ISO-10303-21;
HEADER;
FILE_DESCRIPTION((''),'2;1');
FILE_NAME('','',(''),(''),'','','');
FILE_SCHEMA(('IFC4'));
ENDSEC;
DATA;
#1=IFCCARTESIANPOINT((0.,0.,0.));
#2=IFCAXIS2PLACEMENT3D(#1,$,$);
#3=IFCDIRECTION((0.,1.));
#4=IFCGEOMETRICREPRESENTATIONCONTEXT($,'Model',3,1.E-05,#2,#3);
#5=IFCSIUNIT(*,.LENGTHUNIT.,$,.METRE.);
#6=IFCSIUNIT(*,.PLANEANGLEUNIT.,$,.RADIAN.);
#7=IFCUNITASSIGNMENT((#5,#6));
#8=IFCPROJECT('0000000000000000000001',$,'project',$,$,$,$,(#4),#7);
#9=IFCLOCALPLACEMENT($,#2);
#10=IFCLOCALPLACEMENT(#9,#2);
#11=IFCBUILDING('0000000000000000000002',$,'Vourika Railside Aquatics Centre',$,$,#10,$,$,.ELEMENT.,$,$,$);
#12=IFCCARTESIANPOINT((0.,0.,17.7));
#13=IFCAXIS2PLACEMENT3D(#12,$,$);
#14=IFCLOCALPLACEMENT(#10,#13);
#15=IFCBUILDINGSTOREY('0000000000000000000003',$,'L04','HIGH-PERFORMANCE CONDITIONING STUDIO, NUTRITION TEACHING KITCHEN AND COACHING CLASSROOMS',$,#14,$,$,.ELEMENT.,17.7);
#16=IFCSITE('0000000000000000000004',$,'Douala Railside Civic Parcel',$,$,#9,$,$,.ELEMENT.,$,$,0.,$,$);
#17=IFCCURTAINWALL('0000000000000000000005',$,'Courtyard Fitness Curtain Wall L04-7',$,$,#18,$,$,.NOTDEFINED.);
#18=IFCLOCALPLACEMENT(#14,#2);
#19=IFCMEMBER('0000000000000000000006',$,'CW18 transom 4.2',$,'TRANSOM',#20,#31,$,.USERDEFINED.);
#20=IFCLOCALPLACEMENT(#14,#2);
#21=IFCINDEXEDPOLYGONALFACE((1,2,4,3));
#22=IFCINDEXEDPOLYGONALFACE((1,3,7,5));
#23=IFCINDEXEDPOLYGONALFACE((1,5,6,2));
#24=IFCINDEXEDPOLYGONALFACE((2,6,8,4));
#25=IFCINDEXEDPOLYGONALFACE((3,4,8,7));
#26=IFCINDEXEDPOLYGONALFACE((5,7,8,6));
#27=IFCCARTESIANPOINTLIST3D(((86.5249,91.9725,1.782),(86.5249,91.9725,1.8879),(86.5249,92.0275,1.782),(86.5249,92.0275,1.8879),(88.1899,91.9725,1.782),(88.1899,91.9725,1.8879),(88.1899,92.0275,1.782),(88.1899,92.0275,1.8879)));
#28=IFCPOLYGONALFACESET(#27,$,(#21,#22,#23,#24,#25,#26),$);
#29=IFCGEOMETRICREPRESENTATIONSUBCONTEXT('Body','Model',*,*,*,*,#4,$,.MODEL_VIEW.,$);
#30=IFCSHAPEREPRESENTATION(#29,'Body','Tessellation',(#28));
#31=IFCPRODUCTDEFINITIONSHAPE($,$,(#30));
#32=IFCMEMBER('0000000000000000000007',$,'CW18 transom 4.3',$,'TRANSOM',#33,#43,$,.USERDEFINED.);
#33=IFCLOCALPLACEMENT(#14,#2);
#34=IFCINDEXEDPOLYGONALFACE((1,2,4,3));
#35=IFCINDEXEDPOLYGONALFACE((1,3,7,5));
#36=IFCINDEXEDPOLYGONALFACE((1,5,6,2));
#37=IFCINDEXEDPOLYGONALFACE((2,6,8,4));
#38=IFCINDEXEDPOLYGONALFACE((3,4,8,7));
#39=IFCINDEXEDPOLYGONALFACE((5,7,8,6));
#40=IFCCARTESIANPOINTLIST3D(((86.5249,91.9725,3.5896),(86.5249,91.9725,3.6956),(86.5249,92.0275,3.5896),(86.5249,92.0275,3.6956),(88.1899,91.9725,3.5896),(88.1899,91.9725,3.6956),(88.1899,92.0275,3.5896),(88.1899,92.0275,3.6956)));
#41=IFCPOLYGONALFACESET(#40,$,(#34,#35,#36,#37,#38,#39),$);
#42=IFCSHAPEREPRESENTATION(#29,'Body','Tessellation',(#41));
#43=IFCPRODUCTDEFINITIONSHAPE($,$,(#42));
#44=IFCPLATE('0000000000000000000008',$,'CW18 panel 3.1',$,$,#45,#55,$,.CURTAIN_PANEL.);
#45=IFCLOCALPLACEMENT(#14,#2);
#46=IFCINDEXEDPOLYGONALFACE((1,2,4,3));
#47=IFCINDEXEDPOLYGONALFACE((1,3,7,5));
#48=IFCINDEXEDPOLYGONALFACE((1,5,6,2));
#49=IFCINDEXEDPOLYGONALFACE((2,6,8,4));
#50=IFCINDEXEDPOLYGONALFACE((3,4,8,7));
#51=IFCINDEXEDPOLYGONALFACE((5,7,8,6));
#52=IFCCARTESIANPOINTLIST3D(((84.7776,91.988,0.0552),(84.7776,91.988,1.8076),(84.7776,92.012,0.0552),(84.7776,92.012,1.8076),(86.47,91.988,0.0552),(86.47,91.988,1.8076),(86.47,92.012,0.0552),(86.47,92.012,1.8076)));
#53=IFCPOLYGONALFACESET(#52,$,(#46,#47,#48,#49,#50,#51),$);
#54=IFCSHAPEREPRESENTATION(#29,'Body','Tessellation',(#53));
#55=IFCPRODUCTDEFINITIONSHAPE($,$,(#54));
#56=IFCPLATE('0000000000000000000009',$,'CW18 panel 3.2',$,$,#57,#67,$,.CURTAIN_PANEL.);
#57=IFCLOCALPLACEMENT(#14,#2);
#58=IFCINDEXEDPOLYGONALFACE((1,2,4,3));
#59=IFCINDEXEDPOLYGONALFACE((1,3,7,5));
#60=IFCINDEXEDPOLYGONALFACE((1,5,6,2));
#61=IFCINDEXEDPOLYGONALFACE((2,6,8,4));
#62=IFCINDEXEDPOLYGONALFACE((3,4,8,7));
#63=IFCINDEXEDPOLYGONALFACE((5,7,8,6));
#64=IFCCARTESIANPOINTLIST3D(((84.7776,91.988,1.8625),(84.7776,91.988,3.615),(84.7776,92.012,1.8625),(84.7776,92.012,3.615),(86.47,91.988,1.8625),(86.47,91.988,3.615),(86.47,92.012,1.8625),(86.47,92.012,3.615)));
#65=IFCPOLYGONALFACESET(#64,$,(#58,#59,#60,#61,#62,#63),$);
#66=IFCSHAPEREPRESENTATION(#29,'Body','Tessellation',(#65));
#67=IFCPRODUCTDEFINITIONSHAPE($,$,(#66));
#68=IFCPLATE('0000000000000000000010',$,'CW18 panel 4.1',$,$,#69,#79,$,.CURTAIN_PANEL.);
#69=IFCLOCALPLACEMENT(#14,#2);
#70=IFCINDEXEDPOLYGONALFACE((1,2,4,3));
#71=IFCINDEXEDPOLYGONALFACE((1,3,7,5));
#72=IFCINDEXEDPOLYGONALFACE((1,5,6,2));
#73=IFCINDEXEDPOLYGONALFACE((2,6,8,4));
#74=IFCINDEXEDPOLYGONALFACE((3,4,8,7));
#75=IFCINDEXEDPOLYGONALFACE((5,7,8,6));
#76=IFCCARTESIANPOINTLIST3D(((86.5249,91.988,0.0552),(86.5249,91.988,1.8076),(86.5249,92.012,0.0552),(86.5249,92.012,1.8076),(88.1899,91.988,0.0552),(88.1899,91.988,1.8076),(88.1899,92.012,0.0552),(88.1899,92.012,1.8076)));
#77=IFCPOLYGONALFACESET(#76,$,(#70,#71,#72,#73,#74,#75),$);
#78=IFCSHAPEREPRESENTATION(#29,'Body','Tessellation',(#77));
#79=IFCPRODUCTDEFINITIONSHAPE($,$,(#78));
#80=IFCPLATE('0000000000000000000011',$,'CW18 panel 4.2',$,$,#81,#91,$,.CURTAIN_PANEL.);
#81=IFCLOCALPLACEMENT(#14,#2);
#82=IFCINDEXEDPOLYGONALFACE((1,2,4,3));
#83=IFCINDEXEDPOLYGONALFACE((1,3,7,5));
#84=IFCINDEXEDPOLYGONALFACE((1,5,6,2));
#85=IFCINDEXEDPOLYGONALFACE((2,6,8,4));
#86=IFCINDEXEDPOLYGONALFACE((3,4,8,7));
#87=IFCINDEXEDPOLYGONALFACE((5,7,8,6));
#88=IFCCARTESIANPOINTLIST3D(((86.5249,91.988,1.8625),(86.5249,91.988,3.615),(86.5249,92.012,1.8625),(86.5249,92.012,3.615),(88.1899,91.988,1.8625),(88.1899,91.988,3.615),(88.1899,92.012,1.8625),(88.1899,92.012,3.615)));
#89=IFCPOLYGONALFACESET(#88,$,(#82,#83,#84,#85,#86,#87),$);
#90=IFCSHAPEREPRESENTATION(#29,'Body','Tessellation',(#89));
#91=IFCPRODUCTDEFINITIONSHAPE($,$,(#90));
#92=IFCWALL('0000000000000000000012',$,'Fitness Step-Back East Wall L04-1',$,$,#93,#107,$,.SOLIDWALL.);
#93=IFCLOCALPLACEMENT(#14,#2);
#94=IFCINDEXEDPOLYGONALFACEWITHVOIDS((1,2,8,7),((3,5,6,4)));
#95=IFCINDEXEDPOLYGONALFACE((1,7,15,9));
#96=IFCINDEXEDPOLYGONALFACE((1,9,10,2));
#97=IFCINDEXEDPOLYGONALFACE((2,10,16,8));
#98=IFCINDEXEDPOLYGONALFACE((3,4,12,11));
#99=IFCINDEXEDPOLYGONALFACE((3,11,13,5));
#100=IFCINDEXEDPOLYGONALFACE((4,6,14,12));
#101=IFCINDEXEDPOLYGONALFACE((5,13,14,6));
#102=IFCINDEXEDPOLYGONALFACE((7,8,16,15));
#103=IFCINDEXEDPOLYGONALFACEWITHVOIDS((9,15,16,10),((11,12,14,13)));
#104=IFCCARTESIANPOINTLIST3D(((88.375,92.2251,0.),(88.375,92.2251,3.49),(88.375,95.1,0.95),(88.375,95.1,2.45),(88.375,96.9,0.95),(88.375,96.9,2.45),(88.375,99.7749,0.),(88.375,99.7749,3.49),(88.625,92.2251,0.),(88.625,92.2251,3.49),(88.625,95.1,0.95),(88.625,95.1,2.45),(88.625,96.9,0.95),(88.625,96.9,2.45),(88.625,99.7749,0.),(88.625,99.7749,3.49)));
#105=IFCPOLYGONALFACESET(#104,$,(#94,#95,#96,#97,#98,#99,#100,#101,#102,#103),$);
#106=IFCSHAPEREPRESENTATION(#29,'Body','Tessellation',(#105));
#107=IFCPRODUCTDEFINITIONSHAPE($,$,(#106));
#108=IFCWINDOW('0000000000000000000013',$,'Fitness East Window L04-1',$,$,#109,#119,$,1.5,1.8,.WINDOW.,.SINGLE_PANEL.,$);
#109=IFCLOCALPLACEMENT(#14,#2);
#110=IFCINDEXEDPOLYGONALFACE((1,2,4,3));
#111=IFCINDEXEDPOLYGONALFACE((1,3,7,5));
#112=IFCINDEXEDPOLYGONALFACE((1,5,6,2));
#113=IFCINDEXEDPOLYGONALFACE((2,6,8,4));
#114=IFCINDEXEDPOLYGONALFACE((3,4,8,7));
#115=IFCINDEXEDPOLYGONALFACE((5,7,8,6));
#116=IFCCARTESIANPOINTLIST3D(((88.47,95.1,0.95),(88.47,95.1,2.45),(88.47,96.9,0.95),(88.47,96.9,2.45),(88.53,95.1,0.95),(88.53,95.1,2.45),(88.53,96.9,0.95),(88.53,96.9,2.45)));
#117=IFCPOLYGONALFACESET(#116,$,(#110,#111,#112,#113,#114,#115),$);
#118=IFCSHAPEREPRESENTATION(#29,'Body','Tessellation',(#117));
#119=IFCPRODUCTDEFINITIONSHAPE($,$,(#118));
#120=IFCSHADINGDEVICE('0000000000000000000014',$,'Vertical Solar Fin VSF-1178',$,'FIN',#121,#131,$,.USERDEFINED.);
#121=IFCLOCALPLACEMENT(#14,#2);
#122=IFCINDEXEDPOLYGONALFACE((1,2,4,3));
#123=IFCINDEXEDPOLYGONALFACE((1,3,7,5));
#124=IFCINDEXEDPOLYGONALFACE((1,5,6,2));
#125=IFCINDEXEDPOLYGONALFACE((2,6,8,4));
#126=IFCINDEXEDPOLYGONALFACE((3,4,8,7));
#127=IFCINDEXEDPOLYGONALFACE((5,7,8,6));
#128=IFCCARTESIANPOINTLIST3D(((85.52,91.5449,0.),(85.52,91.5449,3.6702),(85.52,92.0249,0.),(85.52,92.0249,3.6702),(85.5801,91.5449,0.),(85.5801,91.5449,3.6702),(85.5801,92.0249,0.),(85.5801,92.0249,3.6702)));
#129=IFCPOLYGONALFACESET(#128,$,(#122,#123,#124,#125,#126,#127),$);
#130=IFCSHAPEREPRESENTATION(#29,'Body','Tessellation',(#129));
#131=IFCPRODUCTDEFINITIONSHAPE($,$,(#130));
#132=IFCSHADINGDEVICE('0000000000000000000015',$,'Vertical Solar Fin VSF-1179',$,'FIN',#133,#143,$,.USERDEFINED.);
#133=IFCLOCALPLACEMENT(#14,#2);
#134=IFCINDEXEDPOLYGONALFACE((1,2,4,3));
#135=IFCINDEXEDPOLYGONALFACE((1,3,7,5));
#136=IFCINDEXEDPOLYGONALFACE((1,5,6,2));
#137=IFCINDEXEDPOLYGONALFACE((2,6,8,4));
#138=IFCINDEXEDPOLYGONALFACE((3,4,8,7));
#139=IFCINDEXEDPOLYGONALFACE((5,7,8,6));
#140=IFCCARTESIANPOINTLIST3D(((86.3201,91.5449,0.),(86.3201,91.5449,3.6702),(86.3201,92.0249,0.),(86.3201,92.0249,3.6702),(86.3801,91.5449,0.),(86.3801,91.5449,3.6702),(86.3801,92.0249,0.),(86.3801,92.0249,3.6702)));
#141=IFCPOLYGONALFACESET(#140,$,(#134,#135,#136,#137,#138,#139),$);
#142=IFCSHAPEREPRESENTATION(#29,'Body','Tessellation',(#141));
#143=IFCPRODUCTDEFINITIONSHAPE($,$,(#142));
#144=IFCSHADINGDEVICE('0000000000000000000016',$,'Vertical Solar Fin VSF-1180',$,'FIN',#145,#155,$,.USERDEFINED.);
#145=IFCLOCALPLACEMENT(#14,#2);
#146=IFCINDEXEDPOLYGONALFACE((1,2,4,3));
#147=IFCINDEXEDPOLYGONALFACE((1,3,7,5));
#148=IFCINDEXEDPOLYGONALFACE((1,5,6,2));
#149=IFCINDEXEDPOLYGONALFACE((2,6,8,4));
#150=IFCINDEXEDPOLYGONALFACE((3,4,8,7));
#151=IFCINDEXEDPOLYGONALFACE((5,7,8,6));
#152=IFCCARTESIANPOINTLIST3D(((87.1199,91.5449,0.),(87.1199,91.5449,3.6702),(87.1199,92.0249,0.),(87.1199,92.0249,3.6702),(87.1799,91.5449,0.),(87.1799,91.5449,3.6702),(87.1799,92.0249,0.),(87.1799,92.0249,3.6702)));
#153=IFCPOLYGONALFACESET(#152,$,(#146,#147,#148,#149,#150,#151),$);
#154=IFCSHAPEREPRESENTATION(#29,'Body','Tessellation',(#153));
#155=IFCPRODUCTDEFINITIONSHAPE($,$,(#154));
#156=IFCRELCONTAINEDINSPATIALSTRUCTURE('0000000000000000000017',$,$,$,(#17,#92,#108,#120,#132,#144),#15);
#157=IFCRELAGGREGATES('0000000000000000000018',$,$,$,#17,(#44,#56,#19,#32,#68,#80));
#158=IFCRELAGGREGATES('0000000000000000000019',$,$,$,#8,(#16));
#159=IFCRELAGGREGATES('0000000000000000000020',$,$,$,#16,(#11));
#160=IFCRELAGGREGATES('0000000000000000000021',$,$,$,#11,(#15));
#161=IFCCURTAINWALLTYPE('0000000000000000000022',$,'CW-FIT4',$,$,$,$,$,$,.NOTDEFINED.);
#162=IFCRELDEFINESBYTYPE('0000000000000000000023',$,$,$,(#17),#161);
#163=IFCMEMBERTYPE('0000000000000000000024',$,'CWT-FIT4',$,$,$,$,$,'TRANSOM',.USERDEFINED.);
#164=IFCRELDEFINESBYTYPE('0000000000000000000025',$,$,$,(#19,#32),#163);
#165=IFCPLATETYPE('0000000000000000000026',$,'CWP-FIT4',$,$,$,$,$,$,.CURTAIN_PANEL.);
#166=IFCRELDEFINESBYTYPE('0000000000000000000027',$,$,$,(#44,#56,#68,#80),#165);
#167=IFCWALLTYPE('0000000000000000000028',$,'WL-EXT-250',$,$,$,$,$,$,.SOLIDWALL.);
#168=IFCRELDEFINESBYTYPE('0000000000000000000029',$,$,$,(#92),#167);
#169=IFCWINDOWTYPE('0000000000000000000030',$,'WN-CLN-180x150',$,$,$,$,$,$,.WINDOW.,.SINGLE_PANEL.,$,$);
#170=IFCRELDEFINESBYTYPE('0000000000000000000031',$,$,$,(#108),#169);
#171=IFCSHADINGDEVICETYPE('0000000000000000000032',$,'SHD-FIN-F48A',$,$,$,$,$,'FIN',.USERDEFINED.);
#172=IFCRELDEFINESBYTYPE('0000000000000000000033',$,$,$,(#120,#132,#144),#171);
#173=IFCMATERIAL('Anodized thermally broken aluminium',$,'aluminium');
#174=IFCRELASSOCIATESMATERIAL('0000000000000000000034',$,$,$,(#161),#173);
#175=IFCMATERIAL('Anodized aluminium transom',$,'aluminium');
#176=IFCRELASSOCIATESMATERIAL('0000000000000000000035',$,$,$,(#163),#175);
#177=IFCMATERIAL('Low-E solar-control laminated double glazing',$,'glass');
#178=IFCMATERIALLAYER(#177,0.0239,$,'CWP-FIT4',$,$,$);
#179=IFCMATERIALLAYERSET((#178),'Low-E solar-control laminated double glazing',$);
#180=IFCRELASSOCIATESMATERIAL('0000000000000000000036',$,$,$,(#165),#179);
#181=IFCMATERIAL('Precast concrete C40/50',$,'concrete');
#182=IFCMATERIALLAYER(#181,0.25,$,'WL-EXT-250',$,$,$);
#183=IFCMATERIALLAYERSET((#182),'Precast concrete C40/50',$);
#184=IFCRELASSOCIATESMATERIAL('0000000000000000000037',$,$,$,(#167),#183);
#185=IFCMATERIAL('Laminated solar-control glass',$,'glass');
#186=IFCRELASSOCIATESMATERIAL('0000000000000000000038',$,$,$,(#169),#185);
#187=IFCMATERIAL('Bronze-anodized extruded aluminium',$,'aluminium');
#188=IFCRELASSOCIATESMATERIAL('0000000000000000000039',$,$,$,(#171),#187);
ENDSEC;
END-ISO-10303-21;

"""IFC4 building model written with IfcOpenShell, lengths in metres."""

from ifc_helpers import new_model, si_unit, direction, frame, frame_2d, origin, origin_2d, place, context, subcontext, project, spatial, rectangle, extrude, material, layer, layer_set, material_profile, profile_set, type_object, element, fill, aggregate, save


model = new_model("IFC4")

# Units and contexts
model_context = context("Model", 3, precision=1e-05, world=origin(), true_north=direction((0.0, 1.0)))
body_context = subcontext(model_context, "Body", "Model", "MODEL_VIEW")
ifc_project = project(units=[si_unit("LENGTHUNIT", "METRE"), si_unit("PLANEANGLEUNIT", "RADIAN")], contexts=[model_context])

# Site, building, storey
site_placement = place(None, origin())
site = spatial("IfcSite", under=ifc_project, at=site_placement, Name="Douala Railside Civic Parcel", CompositionType="ELEMENT", RefElevation=0.0)
building_placement = place(site_placement, origin())
building = spatial("IfcBuilding", under=site, at=building_placement, Name="Vourika Railside Aquatics Centre", CompositionType="ELEMENT")
storey_placement = place(building_placement, frame((0.0, 0.0, 17.7)))
storey = spatial("IfcBuildingStorey", under=building, at=storey_placement, Name="L04", Description="HIGH-PERFORMANCE CONDITIONING STUDIO, NUTRITION TEACHING KITCHEN AND COACHING CLASSROOMS", CompositionType="ELEMENT", Elevation=17.7)

# Curtain wall, members, plates
ifc_material_1 = material(Name="Anodized thermally broken aluminium", Category="aluminium")
curtain_wall_type = type_object("IfcCurtainWallType", Name="CW-FIT4", PredefinedType="NOTDEFINED", material=ifc_material_1)
curtain_wall_placement = place(storey_placement, origin())
curtain_wall = element("IfcCurtainWall", 1, at=curtain_wall_placement, inside=storey, type_object=curtain_wall_type, Name="Courtyard Fitness Curtain Wall L04-7", PredefinedType="NOTDEFINED")
ifc_material_2 = material(Name="Anodized aluminium transom", Category="aluminium")
ifc_material_profile_1 = material_profile(ifc_material_2, rectangle(XDim=0.0549, YDim=0.106, at=origin_2d()), Name="ALU-T 55x106")
ifc_profile_set_1 = profile_set([ifc_material_profile_1], Name="Anodized aluminium transom")
member_type_1 = type_object("IfcMemberType", Name="CWT-FIT4", ElementType="TRANSOM", PredefinedType="USERDEFINED", material=ifc_profile_set_1)
member_1_placement = place(storey_placement, frame((86.5249, 92.0, 1.835), z_axis=(1.0, 0.0, 0.0), x_axis=(0.0, 1.0, 0.0)))
member_1 = element("IfcMember", 2, at=member_1_placement, type_object=member_type_1, Name="CW18 transom 4.2", ObjectType="TRANSOM", PredefinedType="USERDEFINED", context=body_context, shape_type="SweptSolid", body=[
    extrude(rectangle(XDim=0.0549, YDim=0.106, at=origin_2d()), origin(), (0.0, 0.0, 1.0), 1.665),
])
member_2_placement = place(storey_placement, frame((86.5249, 92.0, 3.6426), z_axis=(1.0, 0.0, 0.0), x_axis=(0.0, 1.0, 0.0)))
member_2 = element("IfcMember", 3, at=member_2_placement, type_object=member_type_1, Name="CW18 transom 4.3", ObjectType="TRANSOM", PredefinedType="USERDEFINED", context=body_context, shape_type="SweptSolid", body=[
    extrude(rectangle(XDim=0.0549, YDim=0.106, at=origin_2d()), origin(), (0.0, 0.0, 1.0), 1.665),
])
ifc_material_3 = material(Name="Low-E solar-control laminated double glazing", Category="glass")
ifc_layer_1 = layer(ifc_material_3, 0.0239, Name="CWP-FIT4")
ifc_layer_set_1 = layer_set([ifc_layer_1], Name="Low-E solar-control laminated double glazing")
plate_type = type_object("IfcPlateType", Name="CWP-FIT4", PredefinedType="CURTAIN_PANEL", material=ifc_layer_set_1)
plate_1_placement = place(storey_placement, frame((85.6238, 92.0, 0.0552), z_axis=(0.0, 0.0, 1.0), x_axis=(1.0, 0.0, 0.0)))
plate_1 = element("IfcPlate", 4, at=plate_1_placement, type_object=plate_type, Name="CW18 panel 3.1", PredefinedType="CURTAIN_PANEL", context=body_context, shape_type="SweptSolid", body=[
    extrude(rectangle(XDim=1.6924, YDim=0.0239, at=origin_2d()), origin(), (0.0, 0.0, 1.0), 1.7524),
])
plate_2_placement = place(storey_placement, frame((85.6238, 92.0, 1.8625), z_axis=(0.0, 0.0, 1.0), x_axis=(1.0, 0.0, 0.0)))
plate_2 = element("IfcPlate", 5, at=plate_2_placement, type_object=plate_type, Name="CW18 panel 3.2", PredefinedType="CURTAIN_PANEL", context=body_context, shape_type="SweptSolid", body=[
    extrude(rectangle(XDim=1.6924, YDim=0.0239, at=origin_2d()), origin(), (0.0, 0.0, 1.0), 1.7524),
])
plate_3_placement = place(storey_placement, frame((87.3574, 92.0, 0.0552), z_axis=(0.0, 0.0, 1.0), x_axis=(1.0, 0.0, 0.0)))
plate_3 = element("IfcPlate", 6, at=plate_3_placement, type_object=plate_type, Name="CW18 panel 4.1", PredefinedType="CURTAIN_PANEL", context=body_context, shape_type="SweptSolid", body=[
    extrude(rectangle(XDim=1.665, YDim=0.0239, at=origin_2d()), origin(), (0.0, 0.0, 1.0), 1.7524),
])
plate_4_placement = place(storey_placement, frame((87.3574, 92.0, 1.8625), z_axis=(0.0, 0.0, 1.0), x_axis=(1.0, 0.0, 0.0)))
plate_4 = element("IfcPlate", 7, at=plate_4_placement, type_object=plate_type, Name="CW18 panel 4.2", PredefinedType="CURTAIN_PANEL", context=body_context, shape_type="SweptSolid", body=[
    extrude(rectangle(XDim=1.665, YDim=0.0239, at=origin_2d()), origin(), (0.0, 0.0, 1.0), 1.7524),
])
aggregate(curtain_wall, [plate_1, plate_2, member_1, member_2, plate_3, plate_4])

# Wall, opening, window
ifc_material_4 = material(Name="Precast concrete C40/50", Category="concrete")
ifc_layer_2 = layer(ifc_material_4, 0.25, Name="WL-EXT-250")
ifc_layer_set_2 = layer_set([ifc_layer_2], Name="Precast concrete C40/50")
wall_type = type_object("IfcWallType", Name="WL-EXT-250", PredefinedType="SOLIDWALL", material=ifc_layer_set_2)
wall_placement = place(storey_placement, frame((88.5, 92.2251, 0.0), z_axis=(0.0, 0.0, 1.0), x_axis=(0.0, 1.0, 0.0)))
wall = element("IfcWall", 8, at=wall_placement, inside=storey, type_object=wall_type, Name="Fitness Step-Back East Wall L04-1", PredefinedType="SOLIDWALL", context=body_context, shape_type="SweptSolid", body=[
    extrude(rectangle(XDim=7.5498, YDim=0.25, at=frame_2d((3.7749, 0.0))), origin(), (0.0, 0.0, 1.0), 3.49),
])
opening_placement = place(wall_placement, frame((2.875, 0.0, 0.95)))
opening = element("IfcOpeningElement", 9, at=opening_placement, cuts=wall, PredefinedType="OPENING", context=body_context, shape_type="SweptSolid", body=[
    extrude(rectangle(XDim=1.8, YDim=1.5, at=frame_2d((0.8999, 0.75))), frame((0.0, 0.135, 0.0), z_axis=(0.0, -1.0, 0.0), x_axis=(1.0, 0.0, 0.0)), (0.0, 0.0, 1.0), 0.27),
])
ifc_material_5 = material(Name="Laminated solar-control glass", Category="glass")
window_type = type_object("IfcWindowType", Name="WN-CLN-180x150", PartitioningType="SINGLE_PANEL", PredefinedType="WINDOW", material=ifc_material_5)
window_placement = place(opening_placement, origin())
window = element("IfcWindow", 10, at=window_placement, inside=storey, type_object=window_type, Name="Fitness East Window L04-1", OverallHeight=1.5, OverallWidth=1.8, PartitioningType="SINGLE_PANEL", PredefinedType="WINDOW", context=body_context, shape_type="SweptSolid", body=[
    extrude(rectangle(XDim=1.8, YDim=1.5, at=frame_2d((0.8999, 0.75))), frame((0.0, 0.03, 0.0), z_axis=(0.0, -1.0, 0.0), x_axis=(1.0, 0.0, 0.0)), (0.0, 0.0, 1.0), 0.0601),
])
fill(opening, window)

# Shading devices
ifc_material_6 = material(Name="Bronze-anodized extruded aluminium", Category="aluminium")
ifc_material_profile_2 = material_profile(ifc_material_6, rectangle(XDim=0.0601, YDim=0.48, at=origin_2d()), Name="ALU-FIN 60x480")
ifc_profile_set_2 = profile_set([ifc_material_profile_2], Name="Bronze-anodized extruded aluminium")
shading_device_type = type_object("IfcShadingDeviceType", Name="SHD-FIN-F48A", ElementType="FIN", PredefinedType="USERDEFINED", material=ifc_profile_set_2)
for number, where, z_axis, x_axis, name in (
    (11, (85.55, 91.7849, 0.0), (0.0, 0.0, 1.0), (-1.0, 0.0, 0.0), "Vertical Solar Fin VSF-1178"),
    (12, (86.3501, 91.7849, 0.0), (0.0, 0.0, 1.0), (-1.0, 0.0, 0.0), "Vertical Solar Fin VSF-1179"),
    (13, (87.1499, 91.7849, 0.0), (0.0, 0.0, 1.0), (-1.0, 0.0, 0.0), "Vertical Solar Fin VSF-1180"),
):
    element("IfcShadingDevice", number, at=place(storey_placement, frame(where, z_axis=z_axis, x_axis=x_axis)), inside=storey, type_object=shading_device_type, Name=name, ObjectType="FIN", PredefinedType="USERDEFINED", context=body_context, shape_type="SweptSolid", body=[
        extrude(rectangle(XDim=0.0601, YDim=0.48, at=origin_2d()), origin(), (0.0, 0.0, 1.0), 3.6702),
    ])

save(model, "model.ifc")
